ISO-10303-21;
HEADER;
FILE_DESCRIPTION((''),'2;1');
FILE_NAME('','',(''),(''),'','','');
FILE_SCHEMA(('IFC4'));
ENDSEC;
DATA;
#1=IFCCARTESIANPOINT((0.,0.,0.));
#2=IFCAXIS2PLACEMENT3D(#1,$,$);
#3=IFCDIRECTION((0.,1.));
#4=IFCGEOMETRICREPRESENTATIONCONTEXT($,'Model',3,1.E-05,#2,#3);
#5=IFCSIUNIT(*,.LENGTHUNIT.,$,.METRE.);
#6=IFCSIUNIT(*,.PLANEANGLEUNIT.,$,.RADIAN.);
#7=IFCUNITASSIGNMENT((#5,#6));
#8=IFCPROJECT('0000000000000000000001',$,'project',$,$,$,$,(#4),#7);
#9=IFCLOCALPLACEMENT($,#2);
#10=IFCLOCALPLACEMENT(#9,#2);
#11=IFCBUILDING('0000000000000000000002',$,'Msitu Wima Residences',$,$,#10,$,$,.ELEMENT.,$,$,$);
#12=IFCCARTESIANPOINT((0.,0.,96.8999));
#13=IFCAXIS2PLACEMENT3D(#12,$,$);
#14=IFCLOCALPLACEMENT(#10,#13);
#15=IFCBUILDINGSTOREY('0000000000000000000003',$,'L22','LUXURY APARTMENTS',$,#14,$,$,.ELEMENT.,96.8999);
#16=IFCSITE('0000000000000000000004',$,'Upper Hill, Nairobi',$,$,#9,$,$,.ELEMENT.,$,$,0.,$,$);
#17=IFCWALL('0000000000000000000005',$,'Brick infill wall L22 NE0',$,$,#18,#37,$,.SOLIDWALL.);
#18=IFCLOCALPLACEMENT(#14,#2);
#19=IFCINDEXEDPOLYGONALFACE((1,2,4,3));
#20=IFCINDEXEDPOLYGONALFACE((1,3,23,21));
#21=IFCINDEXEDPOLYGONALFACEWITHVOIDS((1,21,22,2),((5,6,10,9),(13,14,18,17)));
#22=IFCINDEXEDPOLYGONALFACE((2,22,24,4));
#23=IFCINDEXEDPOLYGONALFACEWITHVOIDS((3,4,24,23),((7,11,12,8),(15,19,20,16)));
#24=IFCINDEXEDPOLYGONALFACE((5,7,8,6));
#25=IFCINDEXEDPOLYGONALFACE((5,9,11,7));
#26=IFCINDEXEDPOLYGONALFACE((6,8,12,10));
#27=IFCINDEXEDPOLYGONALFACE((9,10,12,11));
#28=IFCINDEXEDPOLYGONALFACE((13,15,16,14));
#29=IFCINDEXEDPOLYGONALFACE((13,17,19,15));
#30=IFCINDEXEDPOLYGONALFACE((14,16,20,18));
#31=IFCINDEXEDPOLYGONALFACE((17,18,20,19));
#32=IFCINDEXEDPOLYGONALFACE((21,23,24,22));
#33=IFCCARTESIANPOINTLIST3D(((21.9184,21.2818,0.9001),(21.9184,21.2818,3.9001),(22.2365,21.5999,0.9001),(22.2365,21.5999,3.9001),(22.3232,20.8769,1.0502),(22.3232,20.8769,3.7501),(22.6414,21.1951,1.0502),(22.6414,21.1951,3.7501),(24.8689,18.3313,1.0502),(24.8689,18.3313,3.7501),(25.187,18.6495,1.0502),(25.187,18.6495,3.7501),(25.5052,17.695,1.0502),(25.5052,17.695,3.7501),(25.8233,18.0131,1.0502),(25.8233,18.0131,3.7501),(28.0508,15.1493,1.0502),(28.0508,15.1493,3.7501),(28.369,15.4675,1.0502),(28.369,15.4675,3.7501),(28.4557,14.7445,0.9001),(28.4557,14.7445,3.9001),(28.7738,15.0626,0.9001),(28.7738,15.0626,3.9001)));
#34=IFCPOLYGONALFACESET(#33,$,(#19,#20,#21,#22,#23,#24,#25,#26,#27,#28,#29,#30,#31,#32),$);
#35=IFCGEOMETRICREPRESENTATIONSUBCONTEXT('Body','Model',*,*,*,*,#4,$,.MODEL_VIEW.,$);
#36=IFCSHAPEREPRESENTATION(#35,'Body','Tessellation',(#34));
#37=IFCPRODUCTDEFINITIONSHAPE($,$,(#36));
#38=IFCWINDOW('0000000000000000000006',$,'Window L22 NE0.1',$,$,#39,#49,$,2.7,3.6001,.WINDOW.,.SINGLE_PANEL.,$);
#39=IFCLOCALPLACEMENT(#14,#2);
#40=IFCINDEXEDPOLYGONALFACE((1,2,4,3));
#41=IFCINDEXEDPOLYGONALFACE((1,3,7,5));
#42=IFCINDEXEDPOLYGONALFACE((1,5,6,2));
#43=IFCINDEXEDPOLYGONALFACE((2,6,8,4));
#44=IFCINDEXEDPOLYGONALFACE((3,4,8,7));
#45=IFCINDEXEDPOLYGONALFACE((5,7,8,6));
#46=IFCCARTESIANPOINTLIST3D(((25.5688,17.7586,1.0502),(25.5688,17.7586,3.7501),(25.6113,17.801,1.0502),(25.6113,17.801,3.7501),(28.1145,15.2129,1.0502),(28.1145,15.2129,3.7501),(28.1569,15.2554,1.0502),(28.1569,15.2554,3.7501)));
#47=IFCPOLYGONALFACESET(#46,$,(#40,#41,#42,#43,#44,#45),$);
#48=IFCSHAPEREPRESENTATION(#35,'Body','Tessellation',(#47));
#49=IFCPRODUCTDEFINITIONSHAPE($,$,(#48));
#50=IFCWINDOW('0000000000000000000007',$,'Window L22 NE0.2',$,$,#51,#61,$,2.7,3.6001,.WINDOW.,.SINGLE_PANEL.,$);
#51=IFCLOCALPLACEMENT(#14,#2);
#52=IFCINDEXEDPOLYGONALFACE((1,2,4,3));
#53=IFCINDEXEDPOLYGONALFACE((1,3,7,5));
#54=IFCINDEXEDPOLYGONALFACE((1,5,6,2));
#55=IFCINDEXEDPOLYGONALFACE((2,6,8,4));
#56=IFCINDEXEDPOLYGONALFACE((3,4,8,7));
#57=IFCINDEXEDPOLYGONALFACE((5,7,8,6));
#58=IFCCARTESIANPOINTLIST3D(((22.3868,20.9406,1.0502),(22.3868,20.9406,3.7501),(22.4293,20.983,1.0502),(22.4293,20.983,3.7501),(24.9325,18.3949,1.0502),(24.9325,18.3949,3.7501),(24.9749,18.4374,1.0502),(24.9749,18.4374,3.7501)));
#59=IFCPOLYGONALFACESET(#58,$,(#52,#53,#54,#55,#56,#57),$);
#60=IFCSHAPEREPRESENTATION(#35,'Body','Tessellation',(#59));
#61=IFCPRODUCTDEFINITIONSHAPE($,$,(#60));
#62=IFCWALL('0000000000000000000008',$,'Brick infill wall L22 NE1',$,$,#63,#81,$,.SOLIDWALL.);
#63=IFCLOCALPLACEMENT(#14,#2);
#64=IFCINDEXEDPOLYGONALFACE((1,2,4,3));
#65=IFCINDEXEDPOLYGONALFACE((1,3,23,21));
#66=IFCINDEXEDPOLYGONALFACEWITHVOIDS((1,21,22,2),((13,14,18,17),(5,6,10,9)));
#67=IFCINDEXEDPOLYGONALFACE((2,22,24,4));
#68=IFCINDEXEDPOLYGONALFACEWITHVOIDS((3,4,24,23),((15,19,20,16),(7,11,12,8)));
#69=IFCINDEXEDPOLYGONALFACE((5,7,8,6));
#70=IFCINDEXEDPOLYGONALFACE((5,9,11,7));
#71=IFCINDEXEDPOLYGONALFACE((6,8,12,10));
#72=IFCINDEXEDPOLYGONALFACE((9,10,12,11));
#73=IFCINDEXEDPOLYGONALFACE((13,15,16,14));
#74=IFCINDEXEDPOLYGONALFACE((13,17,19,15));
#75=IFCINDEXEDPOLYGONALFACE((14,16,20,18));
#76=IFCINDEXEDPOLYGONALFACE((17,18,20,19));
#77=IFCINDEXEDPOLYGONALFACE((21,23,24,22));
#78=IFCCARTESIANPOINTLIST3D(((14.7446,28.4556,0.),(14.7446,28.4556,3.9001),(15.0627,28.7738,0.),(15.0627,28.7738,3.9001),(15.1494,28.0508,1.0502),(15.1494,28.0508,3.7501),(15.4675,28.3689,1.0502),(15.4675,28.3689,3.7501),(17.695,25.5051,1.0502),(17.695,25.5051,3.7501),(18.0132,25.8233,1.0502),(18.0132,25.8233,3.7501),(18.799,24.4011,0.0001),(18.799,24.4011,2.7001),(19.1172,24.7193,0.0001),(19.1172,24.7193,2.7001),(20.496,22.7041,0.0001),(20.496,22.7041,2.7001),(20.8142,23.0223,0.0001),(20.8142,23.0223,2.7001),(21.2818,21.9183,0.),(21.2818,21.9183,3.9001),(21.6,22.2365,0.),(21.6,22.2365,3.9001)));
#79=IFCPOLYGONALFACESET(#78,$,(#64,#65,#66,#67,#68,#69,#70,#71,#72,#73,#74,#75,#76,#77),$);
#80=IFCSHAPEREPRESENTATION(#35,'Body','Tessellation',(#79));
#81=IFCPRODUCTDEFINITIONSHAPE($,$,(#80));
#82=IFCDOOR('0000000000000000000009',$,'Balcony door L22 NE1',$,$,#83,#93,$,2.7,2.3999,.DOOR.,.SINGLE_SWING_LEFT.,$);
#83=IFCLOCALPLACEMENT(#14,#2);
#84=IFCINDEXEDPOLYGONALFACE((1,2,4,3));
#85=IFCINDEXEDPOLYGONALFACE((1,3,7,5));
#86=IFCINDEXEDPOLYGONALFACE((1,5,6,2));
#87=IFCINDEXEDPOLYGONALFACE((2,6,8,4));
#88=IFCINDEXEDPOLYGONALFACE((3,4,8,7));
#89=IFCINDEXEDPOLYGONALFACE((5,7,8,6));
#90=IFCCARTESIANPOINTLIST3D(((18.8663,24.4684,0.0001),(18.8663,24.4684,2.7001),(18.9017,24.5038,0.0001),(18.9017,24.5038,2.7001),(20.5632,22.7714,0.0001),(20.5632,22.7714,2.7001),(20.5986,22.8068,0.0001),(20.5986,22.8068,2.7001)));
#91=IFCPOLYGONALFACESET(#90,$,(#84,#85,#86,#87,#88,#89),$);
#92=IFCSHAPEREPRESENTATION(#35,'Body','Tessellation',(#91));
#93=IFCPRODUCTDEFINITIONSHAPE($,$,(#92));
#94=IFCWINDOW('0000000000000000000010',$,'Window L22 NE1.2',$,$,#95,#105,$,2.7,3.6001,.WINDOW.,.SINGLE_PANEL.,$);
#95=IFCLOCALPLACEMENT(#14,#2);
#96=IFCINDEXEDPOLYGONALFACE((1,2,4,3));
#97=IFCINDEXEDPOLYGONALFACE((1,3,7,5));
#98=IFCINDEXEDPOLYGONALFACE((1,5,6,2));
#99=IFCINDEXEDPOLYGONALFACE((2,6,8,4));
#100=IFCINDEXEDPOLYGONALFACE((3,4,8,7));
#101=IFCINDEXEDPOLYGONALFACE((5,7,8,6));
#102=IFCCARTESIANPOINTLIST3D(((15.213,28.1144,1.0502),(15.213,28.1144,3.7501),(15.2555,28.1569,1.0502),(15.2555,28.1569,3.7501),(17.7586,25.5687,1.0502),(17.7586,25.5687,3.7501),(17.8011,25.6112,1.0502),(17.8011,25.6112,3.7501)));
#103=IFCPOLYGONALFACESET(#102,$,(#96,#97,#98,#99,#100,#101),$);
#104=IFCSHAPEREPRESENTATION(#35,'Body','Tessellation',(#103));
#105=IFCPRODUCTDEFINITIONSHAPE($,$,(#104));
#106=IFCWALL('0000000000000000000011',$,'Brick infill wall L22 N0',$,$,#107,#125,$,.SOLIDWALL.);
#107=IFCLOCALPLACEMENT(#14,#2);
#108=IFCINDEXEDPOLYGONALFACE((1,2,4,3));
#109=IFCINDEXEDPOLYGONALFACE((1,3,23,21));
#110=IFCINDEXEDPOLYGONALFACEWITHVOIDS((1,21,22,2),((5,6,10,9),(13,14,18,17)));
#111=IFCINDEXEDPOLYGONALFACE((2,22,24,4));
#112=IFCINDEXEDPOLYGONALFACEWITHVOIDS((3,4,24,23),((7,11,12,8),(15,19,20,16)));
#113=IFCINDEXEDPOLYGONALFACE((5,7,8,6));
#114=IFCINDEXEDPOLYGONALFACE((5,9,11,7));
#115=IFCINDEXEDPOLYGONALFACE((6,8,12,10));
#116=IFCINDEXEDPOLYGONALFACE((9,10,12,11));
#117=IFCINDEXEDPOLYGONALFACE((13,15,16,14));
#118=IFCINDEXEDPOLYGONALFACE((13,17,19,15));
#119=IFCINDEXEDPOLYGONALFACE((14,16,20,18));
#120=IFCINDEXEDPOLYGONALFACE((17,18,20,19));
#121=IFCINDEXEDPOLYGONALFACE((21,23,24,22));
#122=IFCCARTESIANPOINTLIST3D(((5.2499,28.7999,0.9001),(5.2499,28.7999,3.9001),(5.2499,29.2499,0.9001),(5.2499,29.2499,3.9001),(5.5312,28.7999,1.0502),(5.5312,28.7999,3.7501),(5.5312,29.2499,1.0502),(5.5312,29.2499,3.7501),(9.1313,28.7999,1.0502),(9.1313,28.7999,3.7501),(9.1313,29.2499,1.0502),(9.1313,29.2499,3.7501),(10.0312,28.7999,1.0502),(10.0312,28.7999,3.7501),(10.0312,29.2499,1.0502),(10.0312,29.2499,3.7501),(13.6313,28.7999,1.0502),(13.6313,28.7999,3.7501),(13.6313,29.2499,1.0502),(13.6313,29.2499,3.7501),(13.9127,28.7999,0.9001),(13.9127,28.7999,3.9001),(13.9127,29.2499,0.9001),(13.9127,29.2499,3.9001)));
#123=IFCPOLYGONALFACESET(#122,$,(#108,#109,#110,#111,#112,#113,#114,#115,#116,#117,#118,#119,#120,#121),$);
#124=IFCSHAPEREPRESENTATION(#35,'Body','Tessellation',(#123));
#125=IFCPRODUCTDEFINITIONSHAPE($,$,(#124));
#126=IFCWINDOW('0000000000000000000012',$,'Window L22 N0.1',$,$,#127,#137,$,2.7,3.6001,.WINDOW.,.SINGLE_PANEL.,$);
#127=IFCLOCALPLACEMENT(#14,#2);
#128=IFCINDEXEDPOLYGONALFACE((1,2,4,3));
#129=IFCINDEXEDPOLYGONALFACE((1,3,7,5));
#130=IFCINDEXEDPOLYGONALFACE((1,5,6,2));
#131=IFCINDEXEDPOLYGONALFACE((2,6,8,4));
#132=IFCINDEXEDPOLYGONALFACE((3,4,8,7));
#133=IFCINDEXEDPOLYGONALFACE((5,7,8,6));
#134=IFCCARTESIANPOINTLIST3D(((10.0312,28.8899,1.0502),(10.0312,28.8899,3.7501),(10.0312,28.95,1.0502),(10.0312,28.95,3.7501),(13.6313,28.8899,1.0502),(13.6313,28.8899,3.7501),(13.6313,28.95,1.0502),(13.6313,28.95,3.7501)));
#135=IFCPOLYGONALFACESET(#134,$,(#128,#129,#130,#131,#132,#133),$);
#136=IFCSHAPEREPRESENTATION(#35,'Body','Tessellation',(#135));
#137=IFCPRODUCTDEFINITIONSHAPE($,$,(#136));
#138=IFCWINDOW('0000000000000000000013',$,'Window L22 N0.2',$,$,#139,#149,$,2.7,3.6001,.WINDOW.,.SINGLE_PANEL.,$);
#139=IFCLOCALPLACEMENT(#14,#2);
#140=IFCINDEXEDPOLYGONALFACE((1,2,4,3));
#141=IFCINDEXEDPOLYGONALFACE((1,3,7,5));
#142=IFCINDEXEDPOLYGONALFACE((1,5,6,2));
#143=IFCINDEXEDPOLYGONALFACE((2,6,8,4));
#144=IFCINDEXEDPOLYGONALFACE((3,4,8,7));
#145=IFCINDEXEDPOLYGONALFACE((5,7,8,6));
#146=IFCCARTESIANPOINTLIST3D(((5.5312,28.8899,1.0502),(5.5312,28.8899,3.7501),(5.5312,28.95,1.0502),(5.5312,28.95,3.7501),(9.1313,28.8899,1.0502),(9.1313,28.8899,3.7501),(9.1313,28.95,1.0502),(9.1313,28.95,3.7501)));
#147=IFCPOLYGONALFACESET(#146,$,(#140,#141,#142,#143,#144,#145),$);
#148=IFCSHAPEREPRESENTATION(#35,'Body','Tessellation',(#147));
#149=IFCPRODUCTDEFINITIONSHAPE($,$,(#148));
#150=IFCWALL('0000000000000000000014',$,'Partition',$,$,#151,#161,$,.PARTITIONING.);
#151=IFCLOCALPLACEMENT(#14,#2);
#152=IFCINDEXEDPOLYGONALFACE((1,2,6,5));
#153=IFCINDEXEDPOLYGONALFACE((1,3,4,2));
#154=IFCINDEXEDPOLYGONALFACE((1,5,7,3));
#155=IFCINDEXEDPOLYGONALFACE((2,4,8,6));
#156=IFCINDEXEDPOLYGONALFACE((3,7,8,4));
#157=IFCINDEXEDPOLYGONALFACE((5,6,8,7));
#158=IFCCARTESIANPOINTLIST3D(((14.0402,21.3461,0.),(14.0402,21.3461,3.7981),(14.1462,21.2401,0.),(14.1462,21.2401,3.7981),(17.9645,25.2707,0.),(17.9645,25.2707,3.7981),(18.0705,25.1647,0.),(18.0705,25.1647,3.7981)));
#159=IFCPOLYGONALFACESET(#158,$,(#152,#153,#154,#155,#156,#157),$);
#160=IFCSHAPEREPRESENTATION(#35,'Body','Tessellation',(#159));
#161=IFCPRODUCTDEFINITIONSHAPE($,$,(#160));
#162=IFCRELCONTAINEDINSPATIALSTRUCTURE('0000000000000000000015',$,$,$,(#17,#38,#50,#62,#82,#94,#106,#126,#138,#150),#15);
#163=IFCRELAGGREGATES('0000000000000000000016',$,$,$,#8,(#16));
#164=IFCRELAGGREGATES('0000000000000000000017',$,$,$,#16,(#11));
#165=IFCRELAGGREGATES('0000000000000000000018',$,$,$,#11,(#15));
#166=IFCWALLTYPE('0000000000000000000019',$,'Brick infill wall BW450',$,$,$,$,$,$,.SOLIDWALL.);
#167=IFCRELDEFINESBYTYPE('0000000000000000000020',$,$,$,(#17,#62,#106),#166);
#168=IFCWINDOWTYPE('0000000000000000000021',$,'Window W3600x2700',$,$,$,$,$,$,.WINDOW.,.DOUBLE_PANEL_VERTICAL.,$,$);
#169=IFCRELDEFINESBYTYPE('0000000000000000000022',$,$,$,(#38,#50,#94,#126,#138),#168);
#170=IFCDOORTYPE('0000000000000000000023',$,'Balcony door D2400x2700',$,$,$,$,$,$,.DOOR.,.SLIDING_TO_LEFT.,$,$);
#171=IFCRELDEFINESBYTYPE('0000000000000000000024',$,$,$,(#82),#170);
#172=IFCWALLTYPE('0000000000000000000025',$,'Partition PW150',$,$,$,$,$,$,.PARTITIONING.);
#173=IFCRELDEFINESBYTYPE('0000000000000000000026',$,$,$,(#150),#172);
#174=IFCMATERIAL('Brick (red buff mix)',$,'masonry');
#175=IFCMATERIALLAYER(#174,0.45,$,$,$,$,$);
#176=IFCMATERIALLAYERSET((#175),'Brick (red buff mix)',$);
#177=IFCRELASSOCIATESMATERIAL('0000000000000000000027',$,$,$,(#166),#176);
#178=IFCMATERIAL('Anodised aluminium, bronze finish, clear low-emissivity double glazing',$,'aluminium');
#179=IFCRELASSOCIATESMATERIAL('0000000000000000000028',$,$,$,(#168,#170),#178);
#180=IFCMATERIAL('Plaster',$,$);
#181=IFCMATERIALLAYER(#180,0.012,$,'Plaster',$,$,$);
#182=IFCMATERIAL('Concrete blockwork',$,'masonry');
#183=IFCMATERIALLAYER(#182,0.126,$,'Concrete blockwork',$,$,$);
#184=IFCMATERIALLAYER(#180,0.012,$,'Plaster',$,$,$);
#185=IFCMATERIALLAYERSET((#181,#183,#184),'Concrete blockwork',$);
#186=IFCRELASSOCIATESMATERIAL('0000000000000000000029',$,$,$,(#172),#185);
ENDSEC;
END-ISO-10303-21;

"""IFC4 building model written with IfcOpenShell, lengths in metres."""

from ifc_helpers import new_model, si_unit, direction, frame, frame_2d, origin, place, context, subcontext, project, spatial, rectangle, extrude, material, layer, layer_set, type_object, element, fill, save


model = new_model("IFC4")

# Units and contexts
model_context = context("Model", 3, precision=1e-05, world=origin(), true_north=direction((0.0, 1.0)))
body_context = subcontext(model_context, "Body", "Model", "MODEL_VIEW")
ifc_project = project(units=[si_unit("LENGTHUNIT", "METRE"), si_unit("PLANEANGLEUNIT", "RADIAN")], contexts=[model_context])

# Site, building, storey
site_placement = place(None, origin())
site = spatial("IfcSite", under=ifc_project, at=site_placement, Name="Upper Hill, Nairobi", CompositionType="ELEMENT", RefElevation=0.0)
building_placement = place(site_placement, origin())
building = spatial("IfcBuilding", under=site, at=building_placement, Name="Msitu Wima Residences", CompositionType="ELEMENT")
storey_placement = place(building_placement, frame((0.0, 0.0, 96.8999)))
storey = spatial("IfcBuildingStorey", under=building, at=storey_placement, Name="L22", Description="LUXURY APARTMENTS", CompositionType="ELEMENT", Elevation=96.8999)

# Wall, openings, windows
ifc_material_1 = material(Name="Brick (red buff mix)", Category="masonry")
ifc_layer_1 = layer(ifc_material_1, 0.45)
ifc_layer_set_1 = layer_set([ifc_layer_1], Name="Brick (red buff mix)")
wall_type_1 = type_object("IfcWallType", Name="Brick infill wall BW450", PredefinedType="SOLIDWALL", material=ifc_layer_set_1)
wall_1_placement = place(storey_placement, frame((28.6147, 14.9036, 0.9001), z_axis=(0.0, 0.0, 1.0), x_axis=(-0.707107, 0.707107, 0.0)))
wall_1 = element("IfcWall", 1, at=wall_1_placement, inside=storey, type_object=wall_type_1, Name="Brick infill wall L22 NE0", PredefinedType="SOLIDWALL", context=body_context, shape_type="SweptSolid", body=[
    extrude(rectangle(XDim=9.2451, YDim=0.45, at=frame_2d((4.6226, 0.0))), origin(), (0.0, 0.0, 1.0), 3.0),
])
opening_1_placement = place(wall_1_placement, frame((0.5725, 0.0, 0.1499)))
opening_1 = element("IfcOpeningElement", 2, at=opening_1_placement, cuts=wall_1, PredefinedType="OPENING", context=body_context, shape_type="SweptSolid", body=[
    extrude(rectangle(XDim=3.6001, YDim=2.7, at=frame_2d((1.8, 1.3501))), frame((0.0, 0.2349, 0.0), z_axis=(0.0, -1.0, 0.0), x_axis=(1.0, 0.0, 0.0)), (0.0, 0.0, 1.0), 0.47),
])
opening_2_placement = place(wall_1_placement, frame((5.0725, 0.0, 0.1499)))
opening_2 = element("IfcOpeningElement", 3, at=opening_2_placement, cuts=wall_1, PredefinedType="OPENING", context=body_context, shape_type="SweptSolid", body=[
    extrude(rectangle(XDim=3.6001, YDim=2.7, at=frame_2d((1.8, 1.3501))), frame((0.0, 0.2349, 0.0), z_axis=(0.0, -1.0, 0.0), x_axis=(1.0, 0.0, 0.0)), (0.0, 0.0, 1.0), 0.47),
])
ifc_material_2 = material(Name="Anodised aluminium, bronze finish, clear low-emissivity double glazing", Category="aluminium")
window_type = type_object("IfcWindowType", Name="Window W3600x2700", PartitioningType="DOUBLE_PANEL_VERTICAL", PredefinedType="WINDOW", material=ifc_material_2)
window_1_placement = place(opening_1_placement, origin())
window_1 = element("IfcWindow", 4, at=window_1_placement, inside=storey, type_object=window_type, Name="Window L22 NE0.1", OverallHeight=2.7, OverallWidth=3.6001, PartitioningType="SINGLE_PANEL", PredefinedType="WINDOW", context=body_context, shape_type="SweptSolid", body=[
    extrude(rectangle(XDim=3.6001, YDim=2.7, at=frame_2d((1.8, 1.3501))), frame((0.0, 0.135, 0.0), z_axis=(0.0, -1.0, 0.0), x_axis=(1.0, 0.0, 0.0)), (0.0, 0.0, 1.0), 0.0601),
])
fill(opening_1, window_1)
window_2_placement = place(opening_2_placement, origin())
window_2 = element("IfcWindow", 5, at=window_2_placement, inside=storey, type_object=window_type, Name="Window L22 NE0.2", OverallHeight=2.7, OverallWidth=3.6001, PartitioningType="SINGLE_PANEL", PredefinedType="WINDOW", context=body_context, shape_type="SweptSolid", body=[
    extrude(rectangle(XDim=3.6001, YDim=2.7, at=frame_2d((1.8, 1.3501))), frame((0.0, 0.135, 0.0), z_axis=(0.0, -1.0, 0.0), x_axis=(1.0, 0.0, 0.0)), (0.0, 0.0, 1.0), 0.0601),
])
fill(opening_2, window_2)

# Wall, openings, door, window
wall_2_placement = place(storey_placement, frame((21.4409, 22.0774, 0.0), z_axis=(0.0, 0.0, 1.0), x_axis=(-0.707107, 0.707107, 0.0)))
wall_2 = element("IfcWall", 6, at=wall_2_placement, inside=storey, type_object=wall_type_1, Name="Brick infill wall L22 NE1", PredefinedType="SOLIDWALL", context=body_context, shape_type="SweptSolid", body=[
    extrude(rectangle(XDim=9.2451, YDim=0.45, at=frame_2d((4.6226, 0.0))), origin(), (0.0, 0.0, 1.0), 3.9001),
])
opening_3_placement = place(wall_2_placement, frame((1.1113, 0.0, 0.0)))
opening_3 = element("IfcOpeningElement", 7, at=opening_3_placement, cuts=wall_2, PredefinedType="OPENING", context=body_context, shape_type="SweptSolid", body=[
    extrude(rectangle(XDim=2.3999, YDim=2.7, at=frame_2d((1.2, 1.3501))), frame((0.0, 0.2349, 0.0), z_axis=(0.0, -1.0, 0.0), x_axis=(1.0, 0.0, 0.0)), (0.0, 0.0, 1.0), 0.47),
])
opening_4_placement = place(wall_2_placement, frame((5.0725, 0.0, 1.05)))
opening_4 = element("IfcOpeningElement", 8, at=opening_4_placement, cuts=wall_2, PredefinedType="OPENING", context=body_context, shape_type="SweptSolid", body=[
    extrude(rectangle(XDim=3.6001, YDim=2.7, at=frame_2d((1.8, 1.3501))), frame((0.0, 0.2349, 0.0), z_axis=(0.0, -1.0, 0.0), x_axis=(1.0, 0.0, 0.0)), (0.0, 0.0, 1.0), 0.47),
])
door_type_1 = type_object("IfcDoorType", Name="Balcony door D2400x2700", OperationType="SLIDING_TO_LEFT", PredefinedType="DOOR", material=ifc_material_2)
door_1_placement = place(opening_3_placement, origin())
door_1 = element("IfcDoor", 9, at=door_1_placement, inside=storey, type_object=door_type_1, Name="Balcony door L22 NE1", OperationType="SINGLE_SWING_LEFT", OverallHeight=2.7, OverallWidth=2.3999, PredefinedType="DOOR", context=body_context, shape_type="SweptSolid", body=[
    extrude(rectangle(XDim=2.3999, YDim=2.7, at=frame_2d((1.2, 1.3501))), frame((0.0, 0.1299, 0.0), z_axis=(0.0, -1.0, 0.0), x_axis=(1.0, 0.0, 0.0)), (0.0, 0.0, 1.0), 0.05),
])
fill(opening_3, door_1)
window_3_placement = place(opening_4_placement, origin())
window_3 = element("IfcWindow", 10, at=window_3_placement, inside=storey, type_object=window_type, Name="Window L22 NE1.2", OverallHeight=2.7, OverallWidth=3.6001, PartitioningType="SINGLE_PANEL", PredefinedType="WINDOW", context=body_context, shape_type="SweptSolid", body=[
    extrude(rectangle(XDim=3.6001, YDim=2.7, at=frame_2d((1.8, 1.3501))), frame((0.0, 0.135, 0.0), z_axis=(0.0, -1.0, 0.0), x_axis=(1.0, 0.0, 0.0)), (0.0, 0.0, 1.0), 0.0601),
])
fill(opening_4, window_3)

# Wall, openings, windows
wall_3_placement = place(storey_placement, frame((13.9128, 29.0249, 0.9001), z_axis=(0.0, 0.0, 1.0), x_axis=(-1.0, 0.0, 0.0)))
wall_3 = element("IfcWall", 11, at=wall_3_placement, inside=storey, type_object=wall_type_1, Name="Brick infill wall L22 N0", PredefinedType="SOLIDWALL", context=body_context, shape_type="SweptSolid", body=[
    extrude(rectangle(XDim=8.6628, YDim=0.45, at=frame_2d((4.3315, 0.0))), origin(), (0.0, 0.0, 1.0), 3.0),
])
opening_5_placement = place(wall_3_placement, frame((0.2815, 0.0, 0.1499)))
opening_5 = element("IfcOpeningElement", 12, at=opening_5_placement, cuts=wall_3, PredefinedType="OPENING", context=body_context, shape_type="SweptSolid", body=[
    extrude(rectangle(XDim=3.6001, YDim=2.7, at=frame_2d((1.8, 1.3501))), frame((0.0, 0.2349, 0.0), z_axis=(0.0, -1.0, 0.0), x_axis=(1.0, 0.0, 0.0)), (0.0, 0.0, 1.0), 0.47),
])
opening_6_placement = place(wall_3_placement, frame((4.7815, 0.0, 0.1499)))
opening_6 = element("IfcOpeningElement", 13, at=opening_6_placement, cuts=wall_3, PredefinedType="OPENING", context=body_context, shape_type="SweptSolid", body=[
    extrude(rectangle(XDim=3.6001, YDim=2.7, at=frame_2d((1.8, 1.3501))), frame((0.0, 0.2349, 0.0), z_axis=(0.0, -1.0, 0.0), x_axis=(1.0, 0.0, 0.0)), (0.0, 0.0, 1.0), 0.47),
])
window_4_placement = place(opening_5_placement, origin())
window_4 = element("IfcWindow", 14, at=window_4_placement, inside=storey, type_object=window_type, Name="Window L22 N0.1", OverallHeight=2.7, OverallWidth=3.6001, PartitioningType="SINGLE_PANEL", PredefinedType="WINDOW", context=body_context, shape_type="SweptSolid", body=[
    extrude(rectangle(XDim=3.6001, YDim=2.7, at=frame_2d((1.8, 1.3501))), frame((0.0, 0.135, 0.0), z_axis=(0.0, -1.0, 0.0), x_axis=(1.0, 0.0, 0.0)), (0.0, 0.0, 1.0), 0.0601),
])
fill(opening_5, window_4)
window_5_placement = place(opening_6_placement, origin())
window_5 = element("IfcWindow", 15, at=window_5_placement, inside=storey, type_object=window_type, Name="Window L22 N0.2", OverallHeight=2.7, OverallWidth=3.6001, PartitioningType="SINGLE_PANEL", PredefinedType="WINDOW", context=body_context, shape_type="SweptSolid", body=[
    extrude(rectangle(XDim=3.6001, YDim=2.7, at=frame_2d((1.8, 1.3501))), frame((0.0, 0.135, 0.0), z_axis=(0.0, -1.0, 0.0), x_axis=(1.0, 0.0, 0.0)), (0.0, 0.0, 1.0), 0.0601),
])
fill(opening_6, window_5)

# Wall
ifc_material_3 = material(Name="Plaster")
ifc_layer_2 = layer(ifc_material_3, 0.012, Name="Plaster")
ifc_material_4 = material(Name="Concrete blockwork", Category="masonry")
ifc_layer_3 = layer(ifc_material_4, 0.126, Name="Concrete blockwork")
ifc_layer_4 = layer(ifc_material_3, 0.012, Name="Plaster")
ifc_layer_set_2 = layer_set([ifc_layer_2, ifc_layer_3, ifc_layer_4], Name="Concrete blockwork")
wall_type_2 = type_object("IfcWallType", Name="Partition PW150", PredefinedType="PARTITIONING", material=ifc_layer_set_2)
wall_4_placement = place(storey_placement, frame((14.0933, 21.2932, 0.0), z_axis=(0.0, 0.0, 1.0), x_axis=(0.707085, 0.707129, 0.0)))
element("IfcWall", 16, at=wall_4_placement, inside=storey, type_object=wall_type_2, Name="Partition", PredefinedType="PARTITIONING", context=body_context, shape_type="SweptSolid", body=[
    extrude(rectangle(XDim=5.55, YDim=0.1499, at=frame_2d((2.7749, 0.0))), origin(), (0.0, 0.0, 1.0), 3.7981),
])

save(model, "model.ifc")
